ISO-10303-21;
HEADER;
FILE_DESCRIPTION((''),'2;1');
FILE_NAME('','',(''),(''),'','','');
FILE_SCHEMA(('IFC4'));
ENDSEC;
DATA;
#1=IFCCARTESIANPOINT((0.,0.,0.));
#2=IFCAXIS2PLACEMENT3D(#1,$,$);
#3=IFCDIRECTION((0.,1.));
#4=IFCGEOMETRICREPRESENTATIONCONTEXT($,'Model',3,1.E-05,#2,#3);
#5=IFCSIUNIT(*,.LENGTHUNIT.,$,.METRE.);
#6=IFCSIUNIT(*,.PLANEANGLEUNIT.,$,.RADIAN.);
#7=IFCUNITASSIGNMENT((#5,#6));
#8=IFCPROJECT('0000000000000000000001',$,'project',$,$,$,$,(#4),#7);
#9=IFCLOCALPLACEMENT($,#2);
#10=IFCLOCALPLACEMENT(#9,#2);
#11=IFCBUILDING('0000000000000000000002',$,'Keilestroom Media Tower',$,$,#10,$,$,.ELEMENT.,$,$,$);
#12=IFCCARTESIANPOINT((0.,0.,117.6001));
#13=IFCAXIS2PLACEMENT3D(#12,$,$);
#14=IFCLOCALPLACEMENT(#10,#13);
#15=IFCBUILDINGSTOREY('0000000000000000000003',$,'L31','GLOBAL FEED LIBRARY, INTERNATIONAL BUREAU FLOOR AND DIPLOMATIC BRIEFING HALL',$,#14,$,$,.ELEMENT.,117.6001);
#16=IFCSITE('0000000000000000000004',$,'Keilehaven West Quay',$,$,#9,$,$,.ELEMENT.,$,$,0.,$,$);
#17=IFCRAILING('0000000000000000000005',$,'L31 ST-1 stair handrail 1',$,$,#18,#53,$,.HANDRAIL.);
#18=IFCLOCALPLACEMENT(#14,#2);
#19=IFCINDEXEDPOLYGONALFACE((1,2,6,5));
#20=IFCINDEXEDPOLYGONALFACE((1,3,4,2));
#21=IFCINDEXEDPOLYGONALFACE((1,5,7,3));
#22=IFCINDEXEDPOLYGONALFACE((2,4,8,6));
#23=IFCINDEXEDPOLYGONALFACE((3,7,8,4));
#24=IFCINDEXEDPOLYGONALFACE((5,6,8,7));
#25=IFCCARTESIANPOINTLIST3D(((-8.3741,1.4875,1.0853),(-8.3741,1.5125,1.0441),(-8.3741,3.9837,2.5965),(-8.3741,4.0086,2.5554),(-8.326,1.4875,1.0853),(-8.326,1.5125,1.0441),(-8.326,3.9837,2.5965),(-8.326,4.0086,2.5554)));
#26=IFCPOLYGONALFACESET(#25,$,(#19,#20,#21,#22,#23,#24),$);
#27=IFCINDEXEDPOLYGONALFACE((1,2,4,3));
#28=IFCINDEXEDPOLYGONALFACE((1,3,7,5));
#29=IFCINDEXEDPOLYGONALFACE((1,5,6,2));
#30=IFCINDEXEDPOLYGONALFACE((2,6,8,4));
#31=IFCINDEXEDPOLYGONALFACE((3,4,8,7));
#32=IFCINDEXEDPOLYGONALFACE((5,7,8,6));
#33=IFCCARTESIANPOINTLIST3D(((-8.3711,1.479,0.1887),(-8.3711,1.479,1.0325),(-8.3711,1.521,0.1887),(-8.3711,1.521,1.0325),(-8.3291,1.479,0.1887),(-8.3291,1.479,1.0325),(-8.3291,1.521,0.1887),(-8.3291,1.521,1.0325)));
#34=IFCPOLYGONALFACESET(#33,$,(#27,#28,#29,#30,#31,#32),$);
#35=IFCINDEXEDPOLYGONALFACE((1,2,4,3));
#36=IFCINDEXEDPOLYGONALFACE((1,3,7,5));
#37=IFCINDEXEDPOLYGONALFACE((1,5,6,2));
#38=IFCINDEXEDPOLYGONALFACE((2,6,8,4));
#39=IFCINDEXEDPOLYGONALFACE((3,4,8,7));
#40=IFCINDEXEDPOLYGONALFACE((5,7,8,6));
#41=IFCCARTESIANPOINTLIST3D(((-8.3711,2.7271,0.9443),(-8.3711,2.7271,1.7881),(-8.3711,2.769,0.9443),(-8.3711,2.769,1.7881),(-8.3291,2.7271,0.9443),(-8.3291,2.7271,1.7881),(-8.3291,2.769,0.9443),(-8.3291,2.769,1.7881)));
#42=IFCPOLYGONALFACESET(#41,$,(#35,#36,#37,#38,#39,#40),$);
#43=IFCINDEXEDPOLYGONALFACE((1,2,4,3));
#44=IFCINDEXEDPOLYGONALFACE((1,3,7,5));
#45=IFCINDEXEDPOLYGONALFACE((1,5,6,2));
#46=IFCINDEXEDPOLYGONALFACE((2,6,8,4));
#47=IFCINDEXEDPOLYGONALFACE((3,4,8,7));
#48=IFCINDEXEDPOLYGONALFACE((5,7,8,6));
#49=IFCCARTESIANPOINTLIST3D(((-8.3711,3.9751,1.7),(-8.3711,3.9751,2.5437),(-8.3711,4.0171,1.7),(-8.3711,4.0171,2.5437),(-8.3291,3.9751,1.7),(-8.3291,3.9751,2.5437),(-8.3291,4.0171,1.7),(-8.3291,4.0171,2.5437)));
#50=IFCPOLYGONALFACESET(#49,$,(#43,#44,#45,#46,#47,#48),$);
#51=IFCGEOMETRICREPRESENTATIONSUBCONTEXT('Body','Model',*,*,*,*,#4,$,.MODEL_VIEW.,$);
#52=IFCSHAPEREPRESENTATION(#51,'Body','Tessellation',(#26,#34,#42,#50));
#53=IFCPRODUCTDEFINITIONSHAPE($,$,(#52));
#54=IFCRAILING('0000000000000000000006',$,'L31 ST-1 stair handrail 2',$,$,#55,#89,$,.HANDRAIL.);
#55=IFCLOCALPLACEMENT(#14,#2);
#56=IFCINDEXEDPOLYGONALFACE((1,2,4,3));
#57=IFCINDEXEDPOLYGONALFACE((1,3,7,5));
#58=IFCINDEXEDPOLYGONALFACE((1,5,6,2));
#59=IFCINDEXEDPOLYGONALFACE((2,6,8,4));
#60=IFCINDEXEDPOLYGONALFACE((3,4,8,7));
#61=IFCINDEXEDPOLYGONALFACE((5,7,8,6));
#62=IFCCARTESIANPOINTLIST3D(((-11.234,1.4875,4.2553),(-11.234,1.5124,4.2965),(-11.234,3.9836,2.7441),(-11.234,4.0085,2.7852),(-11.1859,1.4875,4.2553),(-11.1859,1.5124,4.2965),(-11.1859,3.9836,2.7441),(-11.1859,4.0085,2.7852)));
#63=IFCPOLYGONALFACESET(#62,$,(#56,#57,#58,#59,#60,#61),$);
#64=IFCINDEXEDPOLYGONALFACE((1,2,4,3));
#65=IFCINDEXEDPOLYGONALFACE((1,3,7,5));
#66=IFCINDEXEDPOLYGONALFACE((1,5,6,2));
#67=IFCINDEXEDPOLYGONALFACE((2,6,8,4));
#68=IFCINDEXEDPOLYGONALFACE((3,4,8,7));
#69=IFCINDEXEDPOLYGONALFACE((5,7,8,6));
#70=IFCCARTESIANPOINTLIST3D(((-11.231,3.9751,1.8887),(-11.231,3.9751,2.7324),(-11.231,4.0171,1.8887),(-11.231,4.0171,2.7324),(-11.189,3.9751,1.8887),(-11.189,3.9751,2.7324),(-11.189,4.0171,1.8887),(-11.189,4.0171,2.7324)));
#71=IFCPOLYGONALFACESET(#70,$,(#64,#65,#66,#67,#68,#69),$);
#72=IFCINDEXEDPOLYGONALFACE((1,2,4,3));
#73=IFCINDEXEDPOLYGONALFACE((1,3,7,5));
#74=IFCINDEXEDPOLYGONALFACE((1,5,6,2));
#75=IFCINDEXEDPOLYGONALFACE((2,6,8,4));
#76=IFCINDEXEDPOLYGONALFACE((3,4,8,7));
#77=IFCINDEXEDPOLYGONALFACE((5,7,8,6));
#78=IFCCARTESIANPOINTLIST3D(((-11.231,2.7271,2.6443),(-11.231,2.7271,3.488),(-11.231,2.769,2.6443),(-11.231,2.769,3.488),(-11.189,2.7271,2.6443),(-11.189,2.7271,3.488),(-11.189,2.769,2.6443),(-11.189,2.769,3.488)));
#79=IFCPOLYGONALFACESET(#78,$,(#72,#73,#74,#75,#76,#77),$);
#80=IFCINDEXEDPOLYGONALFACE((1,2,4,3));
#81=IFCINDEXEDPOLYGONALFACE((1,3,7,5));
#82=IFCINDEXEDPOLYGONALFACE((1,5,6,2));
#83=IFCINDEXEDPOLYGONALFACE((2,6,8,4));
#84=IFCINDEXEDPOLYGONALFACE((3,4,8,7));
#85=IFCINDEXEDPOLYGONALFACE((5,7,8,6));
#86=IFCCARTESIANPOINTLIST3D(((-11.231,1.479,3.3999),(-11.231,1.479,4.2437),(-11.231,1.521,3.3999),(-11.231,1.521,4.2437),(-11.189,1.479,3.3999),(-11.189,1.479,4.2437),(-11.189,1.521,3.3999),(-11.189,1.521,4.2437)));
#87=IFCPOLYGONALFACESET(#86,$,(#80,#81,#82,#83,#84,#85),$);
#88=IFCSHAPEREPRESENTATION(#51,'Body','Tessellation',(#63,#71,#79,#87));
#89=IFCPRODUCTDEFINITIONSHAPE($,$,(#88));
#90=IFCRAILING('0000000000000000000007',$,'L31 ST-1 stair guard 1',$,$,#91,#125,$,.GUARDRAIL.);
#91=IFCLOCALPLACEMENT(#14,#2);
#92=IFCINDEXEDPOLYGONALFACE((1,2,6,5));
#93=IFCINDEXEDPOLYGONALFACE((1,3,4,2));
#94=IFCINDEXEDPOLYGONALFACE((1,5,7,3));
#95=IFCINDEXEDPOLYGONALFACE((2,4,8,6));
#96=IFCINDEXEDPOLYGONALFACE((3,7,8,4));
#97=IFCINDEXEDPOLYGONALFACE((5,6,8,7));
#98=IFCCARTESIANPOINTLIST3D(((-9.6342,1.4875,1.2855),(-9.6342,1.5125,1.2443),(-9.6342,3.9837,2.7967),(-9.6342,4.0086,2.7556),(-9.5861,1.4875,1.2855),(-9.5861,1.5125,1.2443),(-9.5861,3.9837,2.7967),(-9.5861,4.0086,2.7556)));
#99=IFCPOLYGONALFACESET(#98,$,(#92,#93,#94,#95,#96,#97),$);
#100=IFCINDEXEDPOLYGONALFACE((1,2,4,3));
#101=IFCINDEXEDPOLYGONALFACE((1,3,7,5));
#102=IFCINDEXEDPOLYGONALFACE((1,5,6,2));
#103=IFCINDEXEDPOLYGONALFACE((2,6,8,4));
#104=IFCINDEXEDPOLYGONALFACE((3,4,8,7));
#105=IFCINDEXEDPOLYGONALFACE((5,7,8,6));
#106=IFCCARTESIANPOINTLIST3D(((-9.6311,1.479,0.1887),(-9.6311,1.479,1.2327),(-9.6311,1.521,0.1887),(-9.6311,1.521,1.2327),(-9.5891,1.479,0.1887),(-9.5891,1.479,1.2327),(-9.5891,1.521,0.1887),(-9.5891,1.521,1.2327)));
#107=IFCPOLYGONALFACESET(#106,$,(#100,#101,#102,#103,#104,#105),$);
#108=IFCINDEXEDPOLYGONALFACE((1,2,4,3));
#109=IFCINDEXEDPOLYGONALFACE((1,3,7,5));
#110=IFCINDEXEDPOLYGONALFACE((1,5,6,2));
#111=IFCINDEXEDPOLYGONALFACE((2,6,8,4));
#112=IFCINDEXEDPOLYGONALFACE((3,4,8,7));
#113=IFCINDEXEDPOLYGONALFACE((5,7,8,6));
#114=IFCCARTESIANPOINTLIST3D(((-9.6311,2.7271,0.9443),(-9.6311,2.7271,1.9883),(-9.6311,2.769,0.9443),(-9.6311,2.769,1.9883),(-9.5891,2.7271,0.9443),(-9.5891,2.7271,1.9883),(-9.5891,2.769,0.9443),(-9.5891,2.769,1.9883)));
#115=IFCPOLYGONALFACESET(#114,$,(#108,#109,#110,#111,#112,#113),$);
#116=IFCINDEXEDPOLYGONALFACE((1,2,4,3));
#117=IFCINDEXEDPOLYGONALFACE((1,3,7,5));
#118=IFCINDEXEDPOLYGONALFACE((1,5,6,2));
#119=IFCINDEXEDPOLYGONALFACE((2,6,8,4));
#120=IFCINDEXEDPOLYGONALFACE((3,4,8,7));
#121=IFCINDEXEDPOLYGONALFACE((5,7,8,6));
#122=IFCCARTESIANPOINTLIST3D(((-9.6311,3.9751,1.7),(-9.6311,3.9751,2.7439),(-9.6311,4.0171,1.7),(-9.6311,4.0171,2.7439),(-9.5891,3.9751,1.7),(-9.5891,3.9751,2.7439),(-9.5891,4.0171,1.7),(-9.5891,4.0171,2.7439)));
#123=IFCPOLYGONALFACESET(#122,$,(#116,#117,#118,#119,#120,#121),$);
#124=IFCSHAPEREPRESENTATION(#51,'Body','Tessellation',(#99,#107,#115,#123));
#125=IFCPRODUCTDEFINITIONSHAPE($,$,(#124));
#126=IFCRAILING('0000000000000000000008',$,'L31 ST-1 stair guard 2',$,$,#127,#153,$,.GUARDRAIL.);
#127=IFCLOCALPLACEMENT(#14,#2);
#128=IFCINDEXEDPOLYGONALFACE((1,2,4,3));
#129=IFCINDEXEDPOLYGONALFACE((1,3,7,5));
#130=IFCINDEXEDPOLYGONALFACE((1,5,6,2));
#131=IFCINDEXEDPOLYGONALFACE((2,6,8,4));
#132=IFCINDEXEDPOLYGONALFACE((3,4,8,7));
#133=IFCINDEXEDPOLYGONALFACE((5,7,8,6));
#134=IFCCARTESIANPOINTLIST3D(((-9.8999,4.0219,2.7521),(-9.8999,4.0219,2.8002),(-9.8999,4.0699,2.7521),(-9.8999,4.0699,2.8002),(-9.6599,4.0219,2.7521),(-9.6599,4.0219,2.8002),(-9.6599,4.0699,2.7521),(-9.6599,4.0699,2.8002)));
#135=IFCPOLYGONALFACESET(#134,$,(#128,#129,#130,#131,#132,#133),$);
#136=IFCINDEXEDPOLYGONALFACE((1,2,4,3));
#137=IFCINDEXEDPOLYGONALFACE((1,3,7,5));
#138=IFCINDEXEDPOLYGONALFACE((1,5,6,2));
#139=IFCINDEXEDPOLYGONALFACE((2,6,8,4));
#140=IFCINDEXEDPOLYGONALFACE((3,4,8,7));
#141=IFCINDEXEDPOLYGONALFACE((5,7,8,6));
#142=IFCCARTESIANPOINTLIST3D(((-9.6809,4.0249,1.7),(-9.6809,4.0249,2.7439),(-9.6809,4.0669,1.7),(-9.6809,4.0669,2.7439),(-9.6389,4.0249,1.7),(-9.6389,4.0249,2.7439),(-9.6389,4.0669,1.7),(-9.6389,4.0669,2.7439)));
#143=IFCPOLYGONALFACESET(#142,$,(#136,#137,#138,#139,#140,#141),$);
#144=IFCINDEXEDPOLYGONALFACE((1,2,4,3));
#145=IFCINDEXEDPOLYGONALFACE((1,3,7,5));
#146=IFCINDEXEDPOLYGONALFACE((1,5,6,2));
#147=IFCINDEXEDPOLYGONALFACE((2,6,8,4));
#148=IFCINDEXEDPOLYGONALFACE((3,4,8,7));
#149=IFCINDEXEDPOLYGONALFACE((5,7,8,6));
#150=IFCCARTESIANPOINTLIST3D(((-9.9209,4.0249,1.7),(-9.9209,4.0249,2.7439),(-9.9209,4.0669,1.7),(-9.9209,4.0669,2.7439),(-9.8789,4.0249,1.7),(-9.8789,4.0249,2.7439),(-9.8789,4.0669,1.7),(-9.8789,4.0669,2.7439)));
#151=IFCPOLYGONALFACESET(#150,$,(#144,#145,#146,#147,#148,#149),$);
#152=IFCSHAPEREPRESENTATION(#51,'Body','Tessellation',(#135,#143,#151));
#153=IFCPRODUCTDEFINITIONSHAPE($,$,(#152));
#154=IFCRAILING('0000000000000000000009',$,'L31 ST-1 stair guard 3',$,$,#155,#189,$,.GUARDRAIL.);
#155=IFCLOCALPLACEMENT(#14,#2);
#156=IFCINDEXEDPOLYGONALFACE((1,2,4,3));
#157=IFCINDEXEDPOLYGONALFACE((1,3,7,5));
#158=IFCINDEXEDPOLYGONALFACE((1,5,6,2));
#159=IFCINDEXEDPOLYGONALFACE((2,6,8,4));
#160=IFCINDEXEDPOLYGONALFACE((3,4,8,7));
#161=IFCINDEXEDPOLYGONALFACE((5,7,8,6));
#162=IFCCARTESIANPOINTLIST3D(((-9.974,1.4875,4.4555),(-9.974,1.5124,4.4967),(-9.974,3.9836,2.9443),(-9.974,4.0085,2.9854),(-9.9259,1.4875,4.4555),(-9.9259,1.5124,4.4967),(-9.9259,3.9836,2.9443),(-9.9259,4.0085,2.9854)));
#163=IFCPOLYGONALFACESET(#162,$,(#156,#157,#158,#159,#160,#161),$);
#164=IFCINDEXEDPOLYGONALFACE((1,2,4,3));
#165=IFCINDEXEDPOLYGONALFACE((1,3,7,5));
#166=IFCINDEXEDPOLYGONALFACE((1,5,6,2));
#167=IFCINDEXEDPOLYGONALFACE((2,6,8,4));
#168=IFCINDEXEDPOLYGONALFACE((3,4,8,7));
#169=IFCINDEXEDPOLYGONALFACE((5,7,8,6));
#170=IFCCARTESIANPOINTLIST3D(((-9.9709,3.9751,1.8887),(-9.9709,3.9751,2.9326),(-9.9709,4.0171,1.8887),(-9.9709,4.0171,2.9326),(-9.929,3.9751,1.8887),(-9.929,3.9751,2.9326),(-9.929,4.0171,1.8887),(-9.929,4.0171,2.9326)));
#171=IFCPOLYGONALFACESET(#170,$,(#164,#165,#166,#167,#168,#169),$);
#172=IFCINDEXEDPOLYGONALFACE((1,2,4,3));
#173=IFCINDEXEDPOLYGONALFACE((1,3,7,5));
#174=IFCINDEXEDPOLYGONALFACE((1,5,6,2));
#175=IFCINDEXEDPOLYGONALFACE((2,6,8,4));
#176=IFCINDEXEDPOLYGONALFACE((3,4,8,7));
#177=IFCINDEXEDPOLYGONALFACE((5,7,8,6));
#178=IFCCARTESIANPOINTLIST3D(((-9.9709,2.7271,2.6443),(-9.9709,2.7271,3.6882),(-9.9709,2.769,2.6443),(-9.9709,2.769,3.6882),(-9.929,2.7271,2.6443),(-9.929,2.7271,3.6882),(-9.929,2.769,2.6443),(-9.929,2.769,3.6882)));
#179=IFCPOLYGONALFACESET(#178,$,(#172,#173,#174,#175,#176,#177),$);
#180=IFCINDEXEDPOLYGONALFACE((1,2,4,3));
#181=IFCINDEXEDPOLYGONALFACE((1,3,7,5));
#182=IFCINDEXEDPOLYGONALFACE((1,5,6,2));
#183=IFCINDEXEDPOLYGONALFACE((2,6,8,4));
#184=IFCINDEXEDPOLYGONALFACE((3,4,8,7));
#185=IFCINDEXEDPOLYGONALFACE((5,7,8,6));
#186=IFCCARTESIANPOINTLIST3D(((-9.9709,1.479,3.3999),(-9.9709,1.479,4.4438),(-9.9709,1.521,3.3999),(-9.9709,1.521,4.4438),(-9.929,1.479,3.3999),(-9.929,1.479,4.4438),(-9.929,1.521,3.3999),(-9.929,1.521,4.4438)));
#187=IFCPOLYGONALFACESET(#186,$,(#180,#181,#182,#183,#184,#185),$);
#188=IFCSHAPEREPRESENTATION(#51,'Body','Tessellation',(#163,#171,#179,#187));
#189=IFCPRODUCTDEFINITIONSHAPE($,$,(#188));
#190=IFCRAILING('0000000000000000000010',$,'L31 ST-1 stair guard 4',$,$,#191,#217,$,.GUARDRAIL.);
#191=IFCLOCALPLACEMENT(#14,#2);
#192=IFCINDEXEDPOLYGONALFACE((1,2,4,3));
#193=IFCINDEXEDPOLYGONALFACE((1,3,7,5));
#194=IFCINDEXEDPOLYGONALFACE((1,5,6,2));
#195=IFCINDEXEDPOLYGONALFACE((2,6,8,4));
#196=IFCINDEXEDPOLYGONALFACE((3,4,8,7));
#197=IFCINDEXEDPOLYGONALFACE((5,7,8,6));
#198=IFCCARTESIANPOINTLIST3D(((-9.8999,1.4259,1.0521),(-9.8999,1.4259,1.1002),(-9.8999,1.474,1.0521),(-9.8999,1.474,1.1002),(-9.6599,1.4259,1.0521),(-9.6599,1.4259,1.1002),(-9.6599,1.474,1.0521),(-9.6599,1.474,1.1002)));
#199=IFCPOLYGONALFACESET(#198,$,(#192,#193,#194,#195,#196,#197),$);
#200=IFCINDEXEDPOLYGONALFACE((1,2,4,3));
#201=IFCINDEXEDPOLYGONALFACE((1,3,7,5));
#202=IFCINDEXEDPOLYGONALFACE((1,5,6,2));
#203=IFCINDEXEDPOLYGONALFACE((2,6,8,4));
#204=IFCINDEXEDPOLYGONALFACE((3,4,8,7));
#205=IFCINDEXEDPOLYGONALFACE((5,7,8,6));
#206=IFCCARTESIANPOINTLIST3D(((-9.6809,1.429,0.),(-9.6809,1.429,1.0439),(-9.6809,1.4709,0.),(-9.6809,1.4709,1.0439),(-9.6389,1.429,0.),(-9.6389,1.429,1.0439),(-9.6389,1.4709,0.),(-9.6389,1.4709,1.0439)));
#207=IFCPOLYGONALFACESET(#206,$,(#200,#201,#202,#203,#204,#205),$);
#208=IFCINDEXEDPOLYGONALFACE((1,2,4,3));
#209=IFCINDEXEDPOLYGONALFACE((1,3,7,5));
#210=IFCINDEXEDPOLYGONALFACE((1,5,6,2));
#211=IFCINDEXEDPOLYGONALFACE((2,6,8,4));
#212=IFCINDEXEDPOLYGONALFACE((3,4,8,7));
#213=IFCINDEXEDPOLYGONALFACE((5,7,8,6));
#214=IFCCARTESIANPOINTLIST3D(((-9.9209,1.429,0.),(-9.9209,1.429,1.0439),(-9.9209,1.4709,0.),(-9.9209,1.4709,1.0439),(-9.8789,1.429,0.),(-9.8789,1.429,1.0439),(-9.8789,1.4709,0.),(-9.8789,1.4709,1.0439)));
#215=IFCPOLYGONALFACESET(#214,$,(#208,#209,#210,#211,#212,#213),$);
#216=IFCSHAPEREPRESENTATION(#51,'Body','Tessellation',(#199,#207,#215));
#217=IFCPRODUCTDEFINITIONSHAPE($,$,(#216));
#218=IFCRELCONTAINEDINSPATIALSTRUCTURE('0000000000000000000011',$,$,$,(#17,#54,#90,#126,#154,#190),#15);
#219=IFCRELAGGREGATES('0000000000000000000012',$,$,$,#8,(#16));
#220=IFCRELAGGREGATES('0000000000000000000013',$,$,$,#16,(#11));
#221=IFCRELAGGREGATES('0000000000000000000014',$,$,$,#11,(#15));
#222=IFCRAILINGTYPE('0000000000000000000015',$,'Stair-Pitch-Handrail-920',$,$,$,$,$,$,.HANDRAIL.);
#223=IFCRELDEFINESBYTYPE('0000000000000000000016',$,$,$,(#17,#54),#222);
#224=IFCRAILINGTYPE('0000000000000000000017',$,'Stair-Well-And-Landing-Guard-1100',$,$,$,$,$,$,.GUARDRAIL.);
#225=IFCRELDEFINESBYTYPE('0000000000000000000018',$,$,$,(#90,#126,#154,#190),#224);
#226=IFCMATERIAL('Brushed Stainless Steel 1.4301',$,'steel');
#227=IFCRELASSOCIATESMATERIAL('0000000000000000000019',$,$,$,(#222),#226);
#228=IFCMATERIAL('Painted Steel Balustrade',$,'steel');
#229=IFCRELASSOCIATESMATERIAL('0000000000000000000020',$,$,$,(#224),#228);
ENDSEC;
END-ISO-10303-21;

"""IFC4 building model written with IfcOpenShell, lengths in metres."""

from ifc_helpers import new_model, si_unit, direction, frame, origin, origin_2d, place, context, subcontext, project, spatial, rectangle, extrude, material, type_object, element, save


model = new_model("IFC4")

# Units and contexts
model_context = context("Model", 3, precision=1e-05, world=origin(), true_north=direction((0.0, 1.0)))
body_context = subcontext(model_context, "Body", "Model", "MODEL_VIEW")
ifc_project = project(units=[si_unit("LENGTHUNIT", "METRE"), si_unit("PLANEANGLEUNIT", "RADIAN")], contexts=[model_context])

# Site, building, storey
site_placement = place(None, origin())
site = spatial("IfcSite", under=ifc_project, at=site_placement, Name="Keilehaven West Quay", CompositionType="ELEMENT", RefElevation=0.0)
building_placement = place(site_placement, origin())
building = spatial("IfcBuilding", under=site, at=building_placement, Name="Keilestroom Media Tower", CompositionType="ELEMENT")
storey_placement = place(building_placement, frame((0.0, 0.0, 117.6001)))
storey = spatial("IfcBuildingStorey", under=building, at=storey_placement, Name="L31", Description="GLOBAL FEED LIBRARY, INTERNATIONAL BUREAU FLOOR AND DIPLOMATIC BRIEFING HALL", CompositionType="ELEMENT", Elevation=117.6001)

# Railings
ifc_material_1 = material(Name="Brushed Stainless Steel 1.4301", Category="steel")
railing_type_1 = type_object("IfcRailingType", Name="Stair-Pitch-Handrail-920", PredefinedType="HANDRAIL", material=ifc_material_1)
railing_1_placement = place(storey_placement, frame((-8.3501, 1.5, 0.1887)))
element("IfcRailing", 1, at=railing_1_placement, inside=storey, type_object=railing_type_1, Name="L31 ST-1 stair handrail 1", PredefinedType="HANDRAIL", context=body_context, shape_type="SweptSolid", body=[
    extrude(rectangle(XDim=0.0481, YDim=0.0481, at=origin_2d()), frame((0.0, 0.0, 0.876), z_axis=(0.0, 0.855434, 0.517912), x_axis=(-1.0, 0.0, 0.0)), (0.0, 0.0, 1.0), 2.918),
    extrude(rectangle(XDim=0.042, YDim=0.042, at=origin_2d()), origin(), (0.0, 0.0, 1.0), 0.8438),
    extrude(rectangle(XDim=0.042, YDim=0.042, at=origin_2d()), frame((0.0, 1.248, 0.7556)), (0.0, 0.0, 1.0), 0.8438),
    extrude(rectangle(XDim=0.042, YDim=0.042, at=origin_2d()), frame((0.0, 2.4961, 1.5112)), (0.0, 0.0, 1.0), 0.8438),
])
railing_2_placement = place(storey_placement, frame((-11.21, 3.9961, 1.8887)))
element("IfcRailing", 2, at=railing_2_placement, inside=storey, type_object=railing_type_1, Name="L31 ST-1 stair handrail 2", PredefinedType="HANDRAIL", context=body_context, shape_type="SweptSolid", body=[
    extrude(rectangle(XDim=0.0481, YDim=0.0481, at=origin_2d()), frame((0.0, 0.0, 0.876), z_axis=(0.0, -0.855434, 0.517912), x_axis=(1.0, 0.0, 0.0)), (0.0, 0.0, 1.0), 2.918),
    extrude(rectangle(XDim=0.042, YDim=0.042, at=origin_2d()), origin(), (0.0, 0.0, 1.0), 0.8438),
    extrude(rectangle(XDim=0.042, YDim=0.042, at=origin_2d()), frame((0.0, -1.248, 0.7556)), (0.0, 0.0, 1.0), 0.8438),
    extrude(rectangle(XDim=0.042, YDim=0.042, at=origin_2d()), frame((0.0, -2.4961, 1.5112)), (0.0, 0.0, 1.0), 0.8438),
])
ifc_material_2 = material(Name="Painted Steel Balustrade", Category="steel")
railing_type_2 = type_object("IfcRailingType", Name="Stair-Well-And-Landing-Guard-1100", PredefinedType="GUARDRAIL", material=ifc_material_2)
railing_3_placement = place(storey_placement, frame((-9.6101, 1.5, 0.1887)))
element("IfcRailing", 3, at=railing_3_placement, inside=storey, type_object=railing_type_2, Name="L31 ST-1 stair guard 1", PredefinedType="GUARDRAIL", context=body_context, shape_type="SweptSolid", body=[
    extrude(rectangle(XDim=0.0481, YDim=0.0481, at=origin_2d()), frame((0.0, 0.0, 1.0762), z_axis=(0.0, 0.855434, 0.517912), x_axis=(-1.0, 0.0, 0.0)), (0.0, 0.0, 1.0), 2.918),
    extrude(rectangle(XDim=0.042, YDim=0.042, at=origin_2d()), origin(), (0.0, 0.0, 1.0), 1.0439),
    extrude(rectangle(XDim=0.042, YDim=0.042, at=origin_2d()), frame((0.0, 1.248, 0.7556)), (0.0, 0.0, 1.0), 1.0439),
    extrude(rectangle(XDim=0.042, YDim=0.042, at=origin_2d()), frame((0.0, 2.4961, 1.5112)), (0.0, 0.0, 1.0), 1.0439),
])
railing_4_placement = place(storey_placement, frame((-9.6599, 4.0459, 1.7)))
element("IfcRailing", 4, at=railing_4_placement, inside=storey, type_object=railing_type_2, Name="L31 ST-1 stair guard 2", PredefinedType="GUARDRAIL", context=body_context, shape_type="SweptSolid", body=[
    extrude(rectangle(XDim=0.0481, YDim=0.0481, at=origin_2d()), frame((0.0, 0.0, 1.0762), z_axis=(-1.0, 0.0, 0.0), x_axis=(0.0, -1.0, 0.0)), (0.0, 0.0, 1.0), 0.24),
    extrude(rectangle(XDim=0.042, YDim=0.042, at=origin_2d()), origin(), (0.0, 0.0, 1.0), 1.0439),
    extrude(rectangle(XDim=0.042, YDim=0.042, at=origin_2d()), frame((-0.24, 0.0, 0.0)), (0.0, 0.0, 1.0), 1.0439),
])
railing_5_placement = place(storey_placement, frame((-9.95, 3.9961, 1.8887)))
element("IfcRailing", 5, at=railing_5_placement, inside=storey, type_object=railing_type_2, Name="L31 ST-1 stair guard 3", PredefinedType="GUARDRAIL", context=body_context, shape_type="SweptSolid", body=[
    extrude(rectangle(XDim=0.0481, YDim=0.0481, at=origin_2d()), frame((0.0, 0.0, 1.0762), z_axis=(0.0, -0.855434, 0.517912), x_axis=(1.0, 0.0, 0.0)), (0.0, 0.0, 1.0), 2.918),
    extrude(rectangle(XDim=0.042, YDim=0.042, at=origin_2d()), origin(), (0.0, 0.0, 1.0), 1.0439),
    extrude(rectangle(XDim=0.042, YDim=0.042, at=origin_2d()), frame((0.0, -1.248, 0.7556)), (0.0, 0.0, 1.0), 1.0439),
    extrude(rectangle(XDim=0.042, YDim=0.042, at=origin_2d()), frame((0.0, -2.4961, 1.5112)), (0.0, 0.0, 1.0), 1.0439),
])
railing_6_placement = place(storey_placement, frame((-9.6599, 1.45, 0.0)))
element("IfcRailing", 6, at=railing_6_placement, inside=storey, type_object=railing_type_2, Name="L31 ST-1 stair guard 4", PredefinedType="GUARDRAIL", context=body_context, shape_type="SweptSolid", body=[
    extrude(rectangle(XDim=0.0481, YDim=0.0481, at=origin_2d()), frame((0.0, 0.0, 1.0762), z_axis=(-1.0, 0.0, 0.0), x_axis=(0.0, -1.0, 0.0)), (0.0, 0.0, 1.0), 0.24),
    extrude(rectangle(XDim=0.042, YDim=0.042, at=origin_2d()), origin(), (0.0, 0.0, 1.0), 1.0439),
    extrude(rectangle(XDim=0.042, YDim=0.042, at=origin_2d()), frame((-0.24, 0.0, 0.0)), (0.0, 0.0, 1.0), 1.0439),
])

save(model, "model.ifc")
